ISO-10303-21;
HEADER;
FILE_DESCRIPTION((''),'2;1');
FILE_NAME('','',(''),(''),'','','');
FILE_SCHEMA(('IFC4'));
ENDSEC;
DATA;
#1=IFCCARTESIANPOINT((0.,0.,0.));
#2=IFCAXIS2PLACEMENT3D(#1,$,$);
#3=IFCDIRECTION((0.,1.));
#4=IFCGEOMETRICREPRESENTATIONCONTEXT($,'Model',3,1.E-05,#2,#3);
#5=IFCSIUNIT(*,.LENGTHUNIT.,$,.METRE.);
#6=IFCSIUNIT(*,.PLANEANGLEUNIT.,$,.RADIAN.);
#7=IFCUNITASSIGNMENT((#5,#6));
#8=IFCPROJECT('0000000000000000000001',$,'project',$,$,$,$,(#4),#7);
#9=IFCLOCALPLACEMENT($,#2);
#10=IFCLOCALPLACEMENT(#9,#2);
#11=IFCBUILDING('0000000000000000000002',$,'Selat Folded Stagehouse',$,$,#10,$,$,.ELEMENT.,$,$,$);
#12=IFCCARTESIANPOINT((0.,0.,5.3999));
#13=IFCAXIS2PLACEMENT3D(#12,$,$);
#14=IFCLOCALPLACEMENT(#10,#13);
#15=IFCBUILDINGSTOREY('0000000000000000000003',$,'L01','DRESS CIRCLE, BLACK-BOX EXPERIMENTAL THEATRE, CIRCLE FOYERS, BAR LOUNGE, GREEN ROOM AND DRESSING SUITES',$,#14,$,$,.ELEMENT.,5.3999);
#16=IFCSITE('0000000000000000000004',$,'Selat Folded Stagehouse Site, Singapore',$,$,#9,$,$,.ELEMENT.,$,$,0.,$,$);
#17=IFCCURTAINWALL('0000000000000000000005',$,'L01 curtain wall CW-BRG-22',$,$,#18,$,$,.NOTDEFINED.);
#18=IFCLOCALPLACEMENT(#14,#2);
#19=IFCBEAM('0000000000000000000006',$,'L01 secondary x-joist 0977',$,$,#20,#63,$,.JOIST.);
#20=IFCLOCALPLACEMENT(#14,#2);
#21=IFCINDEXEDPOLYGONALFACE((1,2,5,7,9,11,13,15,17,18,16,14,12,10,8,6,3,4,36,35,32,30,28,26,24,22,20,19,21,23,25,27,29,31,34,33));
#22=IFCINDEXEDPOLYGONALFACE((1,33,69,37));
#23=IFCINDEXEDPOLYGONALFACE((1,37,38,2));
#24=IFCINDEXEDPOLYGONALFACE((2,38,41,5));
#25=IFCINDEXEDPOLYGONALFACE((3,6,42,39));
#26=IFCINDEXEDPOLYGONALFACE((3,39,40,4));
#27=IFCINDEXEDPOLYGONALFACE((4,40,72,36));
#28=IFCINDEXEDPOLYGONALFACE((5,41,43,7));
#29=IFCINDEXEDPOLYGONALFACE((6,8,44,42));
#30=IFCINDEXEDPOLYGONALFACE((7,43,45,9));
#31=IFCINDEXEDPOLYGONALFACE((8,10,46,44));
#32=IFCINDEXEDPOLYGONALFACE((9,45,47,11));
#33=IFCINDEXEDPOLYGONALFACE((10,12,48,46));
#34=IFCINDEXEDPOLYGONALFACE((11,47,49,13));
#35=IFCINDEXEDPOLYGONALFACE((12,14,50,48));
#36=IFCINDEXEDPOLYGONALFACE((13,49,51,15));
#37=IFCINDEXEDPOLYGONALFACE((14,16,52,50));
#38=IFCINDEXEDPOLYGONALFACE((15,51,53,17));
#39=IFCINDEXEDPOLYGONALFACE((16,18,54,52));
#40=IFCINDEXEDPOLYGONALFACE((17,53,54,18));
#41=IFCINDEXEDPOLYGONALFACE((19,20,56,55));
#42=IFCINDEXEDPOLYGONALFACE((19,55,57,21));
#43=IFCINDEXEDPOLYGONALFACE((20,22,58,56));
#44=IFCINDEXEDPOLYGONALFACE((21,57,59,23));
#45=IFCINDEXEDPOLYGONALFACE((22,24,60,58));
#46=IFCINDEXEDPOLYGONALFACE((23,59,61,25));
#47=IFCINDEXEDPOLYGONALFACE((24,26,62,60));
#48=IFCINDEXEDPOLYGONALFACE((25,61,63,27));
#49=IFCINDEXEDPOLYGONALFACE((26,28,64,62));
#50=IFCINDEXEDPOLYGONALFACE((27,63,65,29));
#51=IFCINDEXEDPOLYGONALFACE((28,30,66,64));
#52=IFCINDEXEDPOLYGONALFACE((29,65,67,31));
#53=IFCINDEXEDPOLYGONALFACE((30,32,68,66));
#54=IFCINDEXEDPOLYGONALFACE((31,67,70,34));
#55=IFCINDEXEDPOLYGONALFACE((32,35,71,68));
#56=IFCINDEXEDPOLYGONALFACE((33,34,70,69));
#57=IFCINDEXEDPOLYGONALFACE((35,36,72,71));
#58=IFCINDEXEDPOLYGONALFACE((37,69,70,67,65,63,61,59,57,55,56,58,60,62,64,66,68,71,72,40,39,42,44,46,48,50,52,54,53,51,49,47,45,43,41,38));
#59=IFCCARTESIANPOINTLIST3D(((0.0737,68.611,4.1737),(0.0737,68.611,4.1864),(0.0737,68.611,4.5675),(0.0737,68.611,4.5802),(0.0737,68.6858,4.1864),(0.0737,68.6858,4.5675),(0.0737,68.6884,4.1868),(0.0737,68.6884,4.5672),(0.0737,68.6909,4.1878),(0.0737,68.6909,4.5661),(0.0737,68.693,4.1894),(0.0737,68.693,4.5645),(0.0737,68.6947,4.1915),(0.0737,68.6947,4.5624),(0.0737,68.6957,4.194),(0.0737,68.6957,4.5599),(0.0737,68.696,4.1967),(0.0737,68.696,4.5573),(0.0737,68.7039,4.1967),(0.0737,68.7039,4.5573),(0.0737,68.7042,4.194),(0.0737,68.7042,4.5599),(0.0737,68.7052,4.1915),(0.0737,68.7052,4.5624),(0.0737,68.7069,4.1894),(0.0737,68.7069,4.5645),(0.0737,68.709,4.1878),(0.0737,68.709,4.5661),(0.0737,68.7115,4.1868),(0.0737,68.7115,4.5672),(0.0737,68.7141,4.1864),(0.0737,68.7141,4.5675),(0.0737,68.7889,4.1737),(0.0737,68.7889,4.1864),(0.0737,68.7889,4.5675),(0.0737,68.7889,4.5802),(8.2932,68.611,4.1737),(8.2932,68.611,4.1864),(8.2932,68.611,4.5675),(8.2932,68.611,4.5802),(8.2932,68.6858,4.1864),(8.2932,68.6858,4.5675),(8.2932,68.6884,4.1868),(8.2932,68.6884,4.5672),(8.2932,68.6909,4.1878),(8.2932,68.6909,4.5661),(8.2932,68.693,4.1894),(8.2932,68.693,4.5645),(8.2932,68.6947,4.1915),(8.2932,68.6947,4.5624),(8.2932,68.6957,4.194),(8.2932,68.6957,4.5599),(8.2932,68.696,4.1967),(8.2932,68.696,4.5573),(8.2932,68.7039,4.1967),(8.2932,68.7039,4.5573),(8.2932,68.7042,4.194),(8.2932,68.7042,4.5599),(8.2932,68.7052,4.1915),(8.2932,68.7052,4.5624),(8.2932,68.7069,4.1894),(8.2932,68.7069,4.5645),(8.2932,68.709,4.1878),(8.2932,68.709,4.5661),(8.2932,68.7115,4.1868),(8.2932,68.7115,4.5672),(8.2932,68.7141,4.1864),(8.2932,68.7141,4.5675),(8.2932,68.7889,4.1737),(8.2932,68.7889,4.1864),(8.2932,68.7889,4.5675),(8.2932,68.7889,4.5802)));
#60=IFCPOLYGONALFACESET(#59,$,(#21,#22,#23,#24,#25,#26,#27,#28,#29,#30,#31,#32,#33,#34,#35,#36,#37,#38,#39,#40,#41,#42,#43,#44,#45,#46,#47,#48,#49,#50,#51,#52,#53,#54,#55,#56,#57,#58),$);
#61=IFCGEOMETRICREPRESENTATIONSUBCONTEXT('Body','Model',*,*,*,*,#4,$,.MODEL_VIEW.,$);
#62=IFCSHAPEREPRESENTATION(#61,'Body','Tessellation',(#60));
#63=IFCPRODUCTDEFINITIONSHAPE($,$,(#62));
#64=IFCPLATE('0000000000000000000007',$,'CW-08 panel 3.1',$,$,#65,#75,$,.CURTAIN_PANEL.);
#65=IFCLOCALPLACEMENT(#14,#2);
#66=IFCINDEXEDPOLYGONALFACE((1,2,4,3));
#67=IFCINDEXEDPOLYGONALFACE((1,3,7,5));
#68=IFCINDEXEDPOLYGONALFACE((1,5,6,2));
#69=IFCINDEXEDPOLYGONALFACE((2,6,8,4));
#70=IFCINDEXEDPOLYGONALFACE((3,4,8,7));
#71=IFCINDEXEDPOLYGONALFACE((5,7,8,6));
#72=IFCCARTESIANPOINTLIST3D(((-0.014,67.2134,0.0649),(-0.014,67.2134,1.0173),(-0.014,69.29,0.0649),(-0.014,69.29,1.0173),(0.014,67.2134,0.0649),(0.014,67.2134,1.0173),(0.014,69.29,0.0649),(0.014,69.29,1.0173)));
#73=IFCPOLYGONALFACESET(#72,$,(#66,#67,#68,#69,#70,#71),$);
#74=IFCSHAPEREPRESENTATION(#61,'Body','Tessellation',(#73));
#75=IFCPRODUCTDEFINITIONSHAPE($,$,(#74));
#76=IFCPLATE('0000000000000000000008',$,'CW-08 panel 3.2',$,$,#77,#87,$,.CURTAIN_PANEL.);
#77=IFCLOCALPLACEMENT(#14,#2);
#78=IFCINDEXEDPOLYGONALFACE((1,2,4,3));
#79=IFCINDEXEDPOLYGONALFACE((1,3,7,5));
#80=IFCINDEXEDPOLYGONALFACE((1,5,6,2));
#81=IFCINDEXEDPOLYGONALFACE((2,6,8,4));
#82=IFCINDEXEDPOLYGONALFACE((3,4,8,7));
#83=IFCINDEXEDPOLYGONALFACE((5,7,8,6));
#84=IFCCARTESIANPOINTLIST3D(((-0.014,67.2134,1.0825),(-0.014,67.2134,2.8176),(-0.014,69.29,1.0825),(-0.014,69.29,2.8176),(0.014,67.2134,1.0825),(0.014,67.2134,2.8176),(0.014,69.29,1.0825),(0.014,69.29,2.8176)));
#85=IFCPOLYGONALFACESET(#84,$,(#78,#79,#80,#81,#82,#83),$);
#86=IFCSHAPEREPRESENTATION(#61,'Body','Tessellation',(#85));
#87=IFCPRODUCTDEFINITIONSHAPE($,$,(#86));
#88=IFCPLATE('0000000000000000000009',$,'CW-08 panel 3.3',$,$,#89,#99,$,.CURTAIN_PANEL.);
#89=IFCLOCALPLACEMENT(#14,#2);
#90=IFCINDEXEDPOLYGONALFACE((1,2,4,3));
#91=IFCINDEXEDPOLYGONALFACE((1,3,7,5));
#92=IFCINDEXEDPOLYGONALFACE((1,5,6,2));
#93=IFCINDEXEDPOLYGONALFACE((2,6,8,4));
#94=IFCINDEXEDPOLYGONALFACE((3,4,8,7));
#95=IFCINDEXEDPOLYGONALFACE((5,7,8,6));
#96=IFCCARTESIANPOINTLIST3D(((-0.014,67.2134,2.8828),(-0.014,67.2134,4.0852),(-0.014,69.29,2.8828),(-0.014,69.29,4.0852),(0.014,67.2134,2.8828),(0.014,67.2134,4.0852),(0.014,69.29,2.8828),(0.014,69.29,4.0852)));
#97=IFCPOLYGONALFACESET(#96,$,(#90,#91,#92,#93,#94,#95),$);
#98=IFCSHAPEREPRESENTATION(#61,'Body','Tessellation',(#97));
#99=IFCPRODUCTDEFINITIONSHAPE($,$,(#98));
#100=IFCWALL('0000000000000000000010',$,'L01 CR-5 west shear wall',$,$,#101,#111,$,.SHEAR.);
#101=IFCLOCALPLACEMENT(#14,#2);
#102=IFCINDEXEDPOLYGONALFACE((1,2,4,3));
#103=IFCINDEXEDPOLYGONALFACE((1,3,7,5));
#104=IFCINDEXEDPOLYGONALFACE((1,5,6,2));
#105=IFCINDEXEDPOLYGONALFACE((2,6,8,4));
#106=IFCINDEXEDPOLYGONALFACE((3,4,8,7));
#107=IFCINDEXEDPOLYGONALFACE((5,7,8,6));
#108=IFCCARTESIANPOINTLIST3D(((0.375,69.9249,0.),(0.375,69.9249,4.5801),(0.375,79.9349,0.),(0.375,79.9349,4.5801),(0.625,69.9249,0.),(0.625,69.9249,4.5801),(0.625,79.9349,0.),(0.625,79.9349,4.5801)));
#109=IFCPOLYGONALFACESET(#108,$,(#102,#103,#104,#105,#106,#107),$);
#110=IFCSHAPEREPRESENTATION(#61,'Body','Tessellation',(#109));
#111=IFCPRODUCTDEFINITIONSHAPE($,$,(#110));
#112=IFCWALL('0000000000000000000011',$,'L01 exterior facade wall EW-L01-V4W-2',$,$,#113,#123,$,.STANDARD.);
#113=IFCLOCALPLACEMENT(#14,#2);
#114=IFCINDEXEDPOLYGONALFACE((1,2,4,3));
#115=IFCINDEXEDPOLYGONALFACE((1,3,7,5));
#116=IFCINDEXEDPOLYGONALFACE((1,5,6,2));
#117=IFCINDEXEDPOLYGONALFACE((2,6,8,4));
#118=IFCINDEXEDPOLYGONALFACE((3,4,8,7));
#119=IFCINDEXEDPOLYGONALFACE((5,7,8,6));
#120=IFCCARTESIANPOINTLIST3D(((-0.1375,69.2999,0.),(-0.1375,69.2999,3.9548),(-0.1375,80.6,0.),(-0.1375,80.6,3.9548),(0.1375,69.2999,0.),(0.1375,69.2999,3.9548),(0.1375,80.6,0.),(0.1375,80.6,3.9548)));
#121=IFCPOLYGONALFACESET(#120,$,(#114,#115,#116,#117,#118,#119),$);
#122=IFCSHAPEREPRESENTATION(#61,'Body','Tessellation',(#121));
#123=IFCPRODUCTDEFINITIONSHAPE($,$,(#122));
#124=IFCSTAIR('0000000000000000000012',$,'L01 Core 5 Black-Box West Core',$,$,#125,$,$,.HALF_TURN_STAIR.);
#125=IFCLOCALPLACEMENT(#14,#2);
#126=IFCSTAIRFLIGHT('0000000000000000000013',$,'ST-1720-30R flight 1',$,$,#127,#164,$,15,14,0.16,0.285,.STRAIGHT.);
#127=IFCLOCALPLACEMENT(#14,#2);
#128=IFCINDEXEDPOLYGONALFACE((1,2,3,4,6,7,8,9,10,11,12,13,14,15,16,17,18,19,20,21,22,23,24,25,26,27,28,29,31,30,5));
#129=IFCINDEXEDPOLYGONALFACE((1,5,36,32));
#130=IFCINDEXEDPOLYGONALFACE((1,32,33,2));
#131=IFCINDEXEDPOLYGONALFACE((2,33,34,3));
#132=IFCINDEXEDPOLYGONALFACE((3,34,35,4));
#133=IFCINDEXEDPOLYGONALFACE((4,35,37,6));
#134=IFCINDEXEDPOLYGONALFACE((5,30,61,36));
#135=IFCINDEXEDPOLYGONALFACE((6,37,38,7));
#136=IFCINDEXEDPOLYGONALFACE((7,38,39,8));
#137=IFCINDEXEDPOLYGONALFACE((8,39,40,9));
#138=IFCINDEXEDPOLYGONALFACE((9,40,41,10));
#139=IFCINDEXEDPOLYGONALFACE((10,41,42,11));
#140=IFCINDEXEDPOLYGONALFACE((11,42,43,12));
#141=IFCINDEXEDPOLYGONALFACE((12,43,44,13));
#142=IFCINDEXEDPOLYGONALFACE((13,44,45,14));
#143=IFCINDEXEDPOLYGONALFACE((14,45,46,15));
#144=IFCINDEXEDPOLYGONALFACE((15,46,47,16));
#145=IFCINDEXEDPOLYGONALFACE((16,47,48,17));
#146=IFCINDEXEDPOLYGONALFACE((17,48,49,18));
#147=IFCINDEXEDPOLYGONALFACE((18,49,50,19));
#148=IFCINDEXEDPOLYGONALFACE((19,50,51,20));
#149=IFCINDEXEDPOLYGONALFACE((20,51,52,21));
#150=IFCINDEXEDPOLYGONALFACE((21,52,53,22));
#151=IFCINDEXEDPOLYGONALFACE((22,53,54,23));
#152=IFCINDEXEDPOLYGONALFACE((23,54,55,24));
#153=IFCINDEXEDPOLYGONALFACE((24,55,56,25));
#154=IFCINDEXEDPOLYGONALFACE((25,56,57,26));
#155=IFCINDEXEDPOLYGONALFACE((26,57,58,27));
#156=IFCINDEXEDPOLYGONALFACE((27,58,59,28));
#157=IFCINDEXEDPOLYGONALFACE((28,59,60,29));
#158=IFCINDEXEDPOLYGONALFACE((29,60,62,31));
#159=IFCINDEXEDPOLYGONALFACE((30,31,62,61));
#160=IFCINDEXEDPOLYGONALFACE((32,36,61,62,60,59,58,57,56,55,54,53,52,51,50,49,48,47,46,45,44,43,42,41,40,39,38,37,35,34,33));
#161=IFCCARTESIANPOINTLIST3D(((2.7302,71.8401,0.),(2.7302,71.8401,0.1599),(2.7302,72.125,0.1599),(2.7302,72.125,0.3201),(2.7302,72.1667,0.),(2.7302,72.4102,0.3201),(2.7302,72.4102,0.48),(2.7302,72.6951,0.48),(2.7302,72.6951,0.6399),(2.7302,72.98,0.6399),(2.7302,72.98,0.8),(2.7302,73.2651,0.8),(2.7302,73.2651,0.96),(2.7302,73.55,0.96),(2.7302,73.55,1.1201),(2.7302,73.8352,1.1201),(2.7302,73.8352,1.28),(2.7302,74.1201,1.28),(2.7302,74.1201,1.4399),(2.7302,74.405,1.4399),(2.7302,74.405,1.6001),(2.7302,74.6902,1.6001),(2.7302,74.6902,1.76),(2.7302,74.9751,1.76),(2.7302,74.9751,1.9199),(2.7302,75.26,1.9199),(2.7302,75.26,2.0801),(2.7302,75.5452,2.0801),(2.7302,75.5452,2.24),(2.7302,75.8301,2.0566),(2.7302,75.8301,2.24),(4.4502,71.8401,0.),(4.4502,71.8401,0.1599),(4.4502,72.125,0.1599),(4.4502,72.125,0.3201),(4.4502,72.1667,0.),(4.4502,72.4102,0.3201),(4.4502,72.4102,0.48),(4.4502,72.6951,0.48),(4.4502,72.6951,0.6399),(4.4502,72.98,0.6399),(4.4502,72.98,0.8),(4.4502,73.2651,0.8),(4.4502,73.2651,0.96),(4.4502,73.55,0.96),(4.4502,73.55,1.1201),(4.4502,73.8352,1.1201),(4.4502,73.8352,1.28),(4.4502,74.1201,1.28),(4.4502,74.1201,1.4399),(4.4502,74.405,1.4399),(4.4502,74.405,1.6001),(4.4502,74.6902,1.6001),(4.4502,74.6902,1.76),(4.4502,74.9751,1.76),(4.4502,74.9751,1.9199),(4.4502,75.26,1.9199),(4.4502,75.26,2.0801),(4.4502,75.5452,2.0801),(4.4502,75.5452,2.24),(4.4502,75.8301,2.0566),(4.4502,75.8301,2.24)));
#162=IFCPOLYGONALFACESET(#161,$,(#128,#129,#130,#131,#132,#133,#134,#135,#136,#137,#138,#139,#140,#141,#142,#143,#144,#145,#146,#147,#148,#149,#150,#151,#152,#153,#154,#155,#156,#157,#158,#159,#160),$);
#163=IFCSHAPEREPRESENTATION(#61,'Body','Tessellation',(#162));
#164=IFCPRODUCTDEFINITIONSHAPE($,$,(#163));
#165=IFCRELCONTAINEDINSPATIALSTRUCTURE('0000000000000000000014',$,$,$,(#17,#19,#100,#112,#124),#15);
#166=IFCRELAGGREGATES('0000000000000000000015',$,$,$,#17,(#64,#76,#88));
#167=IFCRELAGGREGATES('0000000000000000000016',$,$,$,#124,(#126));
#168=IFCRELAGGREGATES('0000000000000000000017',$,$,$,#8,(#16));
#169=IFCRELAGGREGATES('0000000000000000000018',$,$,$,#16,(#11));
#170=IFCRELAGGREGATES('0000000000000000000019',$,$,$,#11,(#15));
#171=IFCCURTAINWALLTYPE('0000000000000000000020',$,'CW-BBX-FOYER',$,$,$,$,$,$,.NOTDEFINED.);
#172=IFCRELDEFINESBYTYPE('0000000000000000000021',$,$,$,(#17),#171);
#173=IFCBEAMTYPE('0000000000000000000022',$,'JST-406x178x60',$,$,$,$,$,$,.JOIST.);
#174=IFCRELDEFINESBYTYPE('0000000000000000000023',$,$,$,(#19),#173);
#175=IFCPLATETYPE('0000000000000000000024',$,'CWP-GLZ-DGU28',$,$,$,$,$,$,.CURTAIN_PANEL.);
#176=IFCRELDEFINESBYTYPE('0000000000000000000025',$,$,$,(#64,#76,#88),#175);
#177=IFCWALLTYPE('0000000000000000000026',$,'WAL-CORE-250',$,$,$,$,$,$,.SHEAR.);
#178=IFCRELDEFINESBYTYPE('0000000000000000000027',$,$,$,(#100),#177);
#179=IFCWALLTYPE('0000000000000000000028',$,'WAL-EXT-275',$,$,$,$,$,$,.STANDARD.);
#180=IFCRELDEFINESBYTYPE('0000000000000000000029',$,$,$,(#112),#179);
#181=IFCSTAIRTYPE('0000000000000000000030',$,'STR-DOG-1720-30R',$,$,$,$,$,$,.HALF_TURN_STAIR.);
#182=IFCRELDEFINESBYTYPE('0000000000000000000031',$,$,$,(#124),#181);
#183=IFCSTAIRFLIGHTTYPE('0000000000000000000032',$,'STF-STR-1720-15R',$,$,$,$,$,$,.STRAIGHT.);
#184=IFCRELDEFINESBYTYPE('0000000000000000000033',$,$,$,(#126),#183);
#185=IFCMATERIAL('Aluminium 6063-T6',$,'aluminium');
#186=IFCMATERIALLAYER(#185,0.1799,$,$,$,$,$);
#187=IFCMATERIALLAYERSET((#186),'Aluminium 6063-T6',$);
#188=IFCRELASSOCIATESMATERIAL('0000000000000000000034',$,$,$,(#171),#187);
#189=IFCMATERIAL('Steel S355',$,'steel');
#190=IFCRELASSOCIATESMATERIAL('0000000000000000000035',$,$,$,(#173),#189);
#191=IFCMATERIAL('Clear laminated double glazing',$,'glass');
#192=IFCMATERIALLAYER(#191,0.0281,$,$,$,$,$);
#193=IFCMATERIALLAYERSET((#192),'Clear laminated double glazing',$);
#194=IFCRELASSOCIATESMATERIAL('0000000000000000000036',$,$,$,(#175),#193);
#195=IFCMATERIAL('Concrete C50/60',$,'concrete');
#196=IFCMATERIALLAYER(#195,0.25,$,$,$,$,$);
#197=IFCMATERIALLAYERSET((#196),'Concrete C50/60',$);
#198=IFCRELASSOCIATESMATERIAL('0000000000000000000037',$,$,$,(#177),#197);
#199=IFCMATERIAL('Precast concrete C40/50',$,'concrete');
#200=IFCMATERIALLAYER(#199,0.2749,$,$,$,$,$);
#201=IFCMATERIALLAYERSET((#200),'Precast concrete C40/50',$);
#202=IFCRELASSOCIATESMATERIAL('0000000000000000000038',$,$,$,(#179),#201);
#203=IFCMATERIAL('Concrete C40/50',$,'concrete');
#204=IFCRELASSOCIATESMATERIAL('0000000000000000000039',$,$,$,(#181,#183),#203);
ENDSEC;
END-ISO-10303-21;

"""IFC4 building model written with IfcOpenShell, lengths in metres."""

from ifc_helpers import new_model, si_unit, direction, frame, frame_2d, origin, origin_2d, place, context, subcontext, project, spatial, polyline, rectangle, i_section, outline, extrude, material, layer, layer_set, material_profile, profile_set, type_object, element, aggregate, save


model = new_model("IFC4")

# Units and contexts
model_context = context("Model", 3, precision=1e-05, world=origin(), true_north=direction((0.0, 1.0)))
body_context = subcontext(model_context, "Body", "Model", "MODEL_VIEW")
ifc_project = project(units=[si_unit("LENGTHUNIT", "METRE"), si_unit("PLANEANGLEUNIT", "RADIAN")], contexts=[model_context])

# Site, building, storey
site_placement = place(None, origin())
site = spatial("IfcSite", under=ifc_project, at=site_placement, Name="Selat Folded Stagehouse Site, Singapore", CompositionType="ELEMENT", RefElevation=0.0)
building_placement = place(site_placement, origin())
building = spatial("IfcBuilding", under=site, at=building_placement, Name="Selat Folded Stagehouse", CompositionType="ELEMENT")
storey_placement = place(building_placement, frame((0.0, 0.0, 5.3999)))
storey = spatial("IfcBuildingStorey", under=building, at=storey_placement, Name="L01", Description="DRESS CIRCLE, BLACK-BOX EXPERIMENTAL THEATRE, CIRCLE FOYERS, BAR LOUNGE, GREEN ROOM AND DRESSING SUITES", CompositionType="ELEMENT", Elevation=5.3999)

# Shared definitions
ifc_material_1 = material(Name="Steel S355", Category="steel")

# Curtain wall
ifc_material_2 = material(Name="Aluminium 6063-T6", Category="aluminium")
ifc_layer_1 = layer(ifc_material_2, 0.1799)
ifc_layer_set_1 = layer_set([ifc_layer_1], Name="Aluminium 6063-T6")
curtain_wall_type = type_object("IfcCurtainWallType", Name="CW-BBX-FOYER", PredefinedType="NOTDEFINED", material=ifc_layer_set_1)
curtain_wall_placement = place(storey_placement, origin())
curtain_wall = element("IfcCurtainWall", 1, at=curtain_wall_placement, inside=storey, type_object=curtain_wall_type, Name="L01 curtain wall CW-BRG-22", PredefinedType="NOTDEFINED")

# Beam
ifc_material_profile_1 = material_profile(ifc_material_1, i_section(OverallWidth=0.178, OverallDepth=0.4065, WebThickness=0.0078, FlangeThickness=0.0127, FilletRadius=0.0103, at=origin_2d()), Name="UKB 406x178x60")
ifc_profile_set_1 = profile_set([ifc_material_profile_1], Name="Steel S355")
beam_type_1 = type_object("IfcBeamType", Name="JST-406x178x60", PredefinedType="JOIST", material=ifc_profile_set_1)
beam_1_placement = place(storey_placement, frame((0.0737, 68.7, 4.377), z_axis=(1.0, 0.0, 0.0), x_axis=(0.0, 1.0, 0.0)))
element("IfcBeam", 2, at=beam_1_placement, inside=storey, type_object=beam_type_1, Name="L01 secondary x-joist 0977", PredefinedType="JOIST", context=body_context, shape_type="SweptSolid", body=[
    extrude(i_section(OverallWidth=0.178, OverallDepth=0.4065, WebThickness=0.0078, FlangeThickness=0.0127, FilletRadius=0.0103, at=origin_2d()), origin(), (0.0, 0.0, 1.0), 8.2195),
])

# Plates
ifc_material_3 = material(Name="Clear laminated double glazing", Category="glass")
ifc_layer_2 = layer(ifc_material_3, 0.0281)
ifc_layer_set_2 = layer_set([ifc_layer_2], Name="Clear laminated double glazing")
plate_type = type_object("IfcPlateType", Name="CWP-GLZ-DGU28", PredefinedType="CURTAIN_PANEL", material=ifc_layer_set_2)
plate_1_placement = place(storey_placement, frame((0.0, 68.2517, 0.0649), z_axis=(0.0, 0.0, 1.0), x_axis=(0.0, 1.0, 0.0)))
plate_1 = element("IfcPlate", 3, at=plate_1_placement, type_object=plate_type, Name="CW-08 panel 3.1", PredefinedType="CURTAIN_PANEL", context=body_context, shape_type="SweptSolid", body=[
    extrude(rectangle(XDim=2.0767, YDim=0.0281, at=origin_2d()), origin(), (0.0, 0.0, 1.0), 0.9524),
])
plate_2_placement = place(storey_placement, frame((0.0, 68.2517, 1.0825), z_axis=(0.0, 0.0, 1.0), x_axis=(0.0, 1.0, 0.0)))
plate_2 = element("IfcPlate", 4, at=plate_2_placement, type_object=plate_type, Name="CW-08 panel 3.2", PredefinedType="CURTAIN_PANEL", context=body_context, shape_type="SweptSolid", body=[
    extrude(rectangle(XDim=2.0767, YDim=0.0281, at=origin_2d()), origin(), (0.0, 0.0, 1.0), 1.7351),
])
plate_3_placement = place(storey_placement, frame((0.0, 68.2517, 2.8828), z_axis=(0.0, 0.0, 1.0), x_axis=(0.0, 1.0, 0.0)))
plate_3 = element("IfcPlate", 5, at=plate_3_placement, type_object=plate_type, Name="CW-08 panel 3.3", PredefinedType="CURTAIN_PANEL", context=body_context, shape_type="SweptSolid", body=[
    extrude(rectangle(XDim=2.0767, YDim=0.0281, at=origin_2d()), origin(), (0.0, 0.0, 1.0), 1.2024),
])
aggregate(curtain_wall, [plate_1, plate_2, plate_3])

# Shared definitions
ifc_material_4 = material(Name="Concrete C40/50", Category="concrete")

# Walls
ifc_material_5 = material(Name="Concrete C50/60", Category="concrete")
ifc_layer_3 = layer(ifc_material_5, 0.25)
ifc_layer_set_3 = layer_set([ifc_layer_3], Name="Concrete C50/60")
wall_type_1 = type_object("IfcWallType", Name="WAL-CORE-250", PredefinedType="SHEAR", material=ifc_layer_set_3)
wall_1_placement = place(storey_placement, frame((0.5, 69.925, 0.0), z_axis=(0.0, 0.0, 1.0), x_axis=(0.0, 1.0, 0.0)))
element("IfcWall", 6, at=wall_1_placement, inside=storey, type_object=wall_type_1, Name="L01 CR-5 west shear wall", PredefinedType="SHEAR", context=body_context, shape_type="SweptSolid", body=[
    extrude(rectangle(XDim=10.01, YDim=0.25, at=frame_2d((5.0049, 0.0))), origin(), (0.0, 0.0, 1.0), 4.5801),
])
ifc_material_6 = material(Name="Precast concrete C40/50", Category="concrete")
ifc_layer_4 = layer(ifc_material_6, 0.2749)
ifc_layer_set_4 = layer_set([ifc_layer_4], Name="Precast concrete C40/50")
wall_type_2 = type_object("IfcWallType", Name="WAL-EXT-275", PredefinedType="STANDARD", material=ifc_layer_set_4)
wall_2_placement = place(storey_placement, frame((0.0, 69.3, 0.0), z_axis=(0.0, 0.0, 1.0), x_axis=(0.0, 1.0, 0.0)))
element("IfcWall", 7, at=wall_2_placement, inside=storey, type_object=wall_type_2, Name="L01 exterior facade wall EW-L01-V4W-2", PredefinedType="STANDARD", context=body_context, shape_type="SweptSolid", body=[
    extrude(rectangle(XDim=11.3, YDim=0.2749, at=frame_2d((5.6499, 0.0))), origin(), (0.0, 0.0, 1.0), 3.9548),
])

# Stair, stair flight
stair_type = type_object("IfcStairType", Name="STR-DOG-1720-30R", PredefinedType="HALF_TURN_STAIR", material=ifc_material_4)
stair_placement = place(storey_placement, origin())
stair = element("IfcStair", 8, at=stair_placement, inside=storey, type_object=stair_type, Name="L01 Core 5 Black-Box West Core", PredefinedType="HALF_TURN_STAIR")
stair_flight_type = type_object("IfcStairFlightType", Name="STF-STR-1720-15R", PredefinedType="STRAIGHT", material=ifc_material_4)
stair_flight_1_placement = place(storey_placement, frame((3.5901, 71.8401, 0.0), z_axis=(0.0, 0.0, 1.0), x_axis=(0.0, 1.0, 0.0)))
stair_flight_1 = element("IfcStairFlight", 9, at=stair_flight_1_placement, type_object=stair_flight_type, Name="ST-1720-30R flight 1", NumberOfRisers=15, NumberOfTreads=14, PredefinedType="STRAIGHT", RiserHeight=0.16, TreadLength=0.285, context=body_context, shape_type="SweptSolid", body=[
    extrude(outline(polyline([(0.0, 0.0), (0.0, 0.1599), (0.2849, 0.1599), (0.2849, 0.3201), (0.5701, 0.3201), (0.5701, 0.48), (0.855, 0.48), (0.855, 0.6399), (1.1399, 0.6399), (1.1399, 0.8), (1.425, 0.8), (1.425, 0.96), (1.71, 0.96), (1.71, 1.1201), (1.9951, 1.1201), (1.9951, 1.28), (2.28, 1.28), (2.28, 1.4399), (2.5649, 1.4399), (2.5649, 1.6001), (2.8501, 1.6001), (2.8501, 1.76), (3.135, 1.76), (3.135, 1.9199), (3.4199, 1.9199), (3.4199, 2.0801), (3.7051, 2.0801), (3.7051, 2.24), (3.99, 2.24), (3.99, 2.3999), (3.99, 2.0566), (0.3267, 0.0), (0.0, 0.0)])), frame((0.0, 0.8599, 0.0), z_axis=(0.0, -1.0, 0.0), x_axis=(1.0, 0.0, 0.0)), (0.0, 0.0, 1.0), 1.72),
])
aggregate(stair, [stair_flight_1])

save(model, "model.ifc")
